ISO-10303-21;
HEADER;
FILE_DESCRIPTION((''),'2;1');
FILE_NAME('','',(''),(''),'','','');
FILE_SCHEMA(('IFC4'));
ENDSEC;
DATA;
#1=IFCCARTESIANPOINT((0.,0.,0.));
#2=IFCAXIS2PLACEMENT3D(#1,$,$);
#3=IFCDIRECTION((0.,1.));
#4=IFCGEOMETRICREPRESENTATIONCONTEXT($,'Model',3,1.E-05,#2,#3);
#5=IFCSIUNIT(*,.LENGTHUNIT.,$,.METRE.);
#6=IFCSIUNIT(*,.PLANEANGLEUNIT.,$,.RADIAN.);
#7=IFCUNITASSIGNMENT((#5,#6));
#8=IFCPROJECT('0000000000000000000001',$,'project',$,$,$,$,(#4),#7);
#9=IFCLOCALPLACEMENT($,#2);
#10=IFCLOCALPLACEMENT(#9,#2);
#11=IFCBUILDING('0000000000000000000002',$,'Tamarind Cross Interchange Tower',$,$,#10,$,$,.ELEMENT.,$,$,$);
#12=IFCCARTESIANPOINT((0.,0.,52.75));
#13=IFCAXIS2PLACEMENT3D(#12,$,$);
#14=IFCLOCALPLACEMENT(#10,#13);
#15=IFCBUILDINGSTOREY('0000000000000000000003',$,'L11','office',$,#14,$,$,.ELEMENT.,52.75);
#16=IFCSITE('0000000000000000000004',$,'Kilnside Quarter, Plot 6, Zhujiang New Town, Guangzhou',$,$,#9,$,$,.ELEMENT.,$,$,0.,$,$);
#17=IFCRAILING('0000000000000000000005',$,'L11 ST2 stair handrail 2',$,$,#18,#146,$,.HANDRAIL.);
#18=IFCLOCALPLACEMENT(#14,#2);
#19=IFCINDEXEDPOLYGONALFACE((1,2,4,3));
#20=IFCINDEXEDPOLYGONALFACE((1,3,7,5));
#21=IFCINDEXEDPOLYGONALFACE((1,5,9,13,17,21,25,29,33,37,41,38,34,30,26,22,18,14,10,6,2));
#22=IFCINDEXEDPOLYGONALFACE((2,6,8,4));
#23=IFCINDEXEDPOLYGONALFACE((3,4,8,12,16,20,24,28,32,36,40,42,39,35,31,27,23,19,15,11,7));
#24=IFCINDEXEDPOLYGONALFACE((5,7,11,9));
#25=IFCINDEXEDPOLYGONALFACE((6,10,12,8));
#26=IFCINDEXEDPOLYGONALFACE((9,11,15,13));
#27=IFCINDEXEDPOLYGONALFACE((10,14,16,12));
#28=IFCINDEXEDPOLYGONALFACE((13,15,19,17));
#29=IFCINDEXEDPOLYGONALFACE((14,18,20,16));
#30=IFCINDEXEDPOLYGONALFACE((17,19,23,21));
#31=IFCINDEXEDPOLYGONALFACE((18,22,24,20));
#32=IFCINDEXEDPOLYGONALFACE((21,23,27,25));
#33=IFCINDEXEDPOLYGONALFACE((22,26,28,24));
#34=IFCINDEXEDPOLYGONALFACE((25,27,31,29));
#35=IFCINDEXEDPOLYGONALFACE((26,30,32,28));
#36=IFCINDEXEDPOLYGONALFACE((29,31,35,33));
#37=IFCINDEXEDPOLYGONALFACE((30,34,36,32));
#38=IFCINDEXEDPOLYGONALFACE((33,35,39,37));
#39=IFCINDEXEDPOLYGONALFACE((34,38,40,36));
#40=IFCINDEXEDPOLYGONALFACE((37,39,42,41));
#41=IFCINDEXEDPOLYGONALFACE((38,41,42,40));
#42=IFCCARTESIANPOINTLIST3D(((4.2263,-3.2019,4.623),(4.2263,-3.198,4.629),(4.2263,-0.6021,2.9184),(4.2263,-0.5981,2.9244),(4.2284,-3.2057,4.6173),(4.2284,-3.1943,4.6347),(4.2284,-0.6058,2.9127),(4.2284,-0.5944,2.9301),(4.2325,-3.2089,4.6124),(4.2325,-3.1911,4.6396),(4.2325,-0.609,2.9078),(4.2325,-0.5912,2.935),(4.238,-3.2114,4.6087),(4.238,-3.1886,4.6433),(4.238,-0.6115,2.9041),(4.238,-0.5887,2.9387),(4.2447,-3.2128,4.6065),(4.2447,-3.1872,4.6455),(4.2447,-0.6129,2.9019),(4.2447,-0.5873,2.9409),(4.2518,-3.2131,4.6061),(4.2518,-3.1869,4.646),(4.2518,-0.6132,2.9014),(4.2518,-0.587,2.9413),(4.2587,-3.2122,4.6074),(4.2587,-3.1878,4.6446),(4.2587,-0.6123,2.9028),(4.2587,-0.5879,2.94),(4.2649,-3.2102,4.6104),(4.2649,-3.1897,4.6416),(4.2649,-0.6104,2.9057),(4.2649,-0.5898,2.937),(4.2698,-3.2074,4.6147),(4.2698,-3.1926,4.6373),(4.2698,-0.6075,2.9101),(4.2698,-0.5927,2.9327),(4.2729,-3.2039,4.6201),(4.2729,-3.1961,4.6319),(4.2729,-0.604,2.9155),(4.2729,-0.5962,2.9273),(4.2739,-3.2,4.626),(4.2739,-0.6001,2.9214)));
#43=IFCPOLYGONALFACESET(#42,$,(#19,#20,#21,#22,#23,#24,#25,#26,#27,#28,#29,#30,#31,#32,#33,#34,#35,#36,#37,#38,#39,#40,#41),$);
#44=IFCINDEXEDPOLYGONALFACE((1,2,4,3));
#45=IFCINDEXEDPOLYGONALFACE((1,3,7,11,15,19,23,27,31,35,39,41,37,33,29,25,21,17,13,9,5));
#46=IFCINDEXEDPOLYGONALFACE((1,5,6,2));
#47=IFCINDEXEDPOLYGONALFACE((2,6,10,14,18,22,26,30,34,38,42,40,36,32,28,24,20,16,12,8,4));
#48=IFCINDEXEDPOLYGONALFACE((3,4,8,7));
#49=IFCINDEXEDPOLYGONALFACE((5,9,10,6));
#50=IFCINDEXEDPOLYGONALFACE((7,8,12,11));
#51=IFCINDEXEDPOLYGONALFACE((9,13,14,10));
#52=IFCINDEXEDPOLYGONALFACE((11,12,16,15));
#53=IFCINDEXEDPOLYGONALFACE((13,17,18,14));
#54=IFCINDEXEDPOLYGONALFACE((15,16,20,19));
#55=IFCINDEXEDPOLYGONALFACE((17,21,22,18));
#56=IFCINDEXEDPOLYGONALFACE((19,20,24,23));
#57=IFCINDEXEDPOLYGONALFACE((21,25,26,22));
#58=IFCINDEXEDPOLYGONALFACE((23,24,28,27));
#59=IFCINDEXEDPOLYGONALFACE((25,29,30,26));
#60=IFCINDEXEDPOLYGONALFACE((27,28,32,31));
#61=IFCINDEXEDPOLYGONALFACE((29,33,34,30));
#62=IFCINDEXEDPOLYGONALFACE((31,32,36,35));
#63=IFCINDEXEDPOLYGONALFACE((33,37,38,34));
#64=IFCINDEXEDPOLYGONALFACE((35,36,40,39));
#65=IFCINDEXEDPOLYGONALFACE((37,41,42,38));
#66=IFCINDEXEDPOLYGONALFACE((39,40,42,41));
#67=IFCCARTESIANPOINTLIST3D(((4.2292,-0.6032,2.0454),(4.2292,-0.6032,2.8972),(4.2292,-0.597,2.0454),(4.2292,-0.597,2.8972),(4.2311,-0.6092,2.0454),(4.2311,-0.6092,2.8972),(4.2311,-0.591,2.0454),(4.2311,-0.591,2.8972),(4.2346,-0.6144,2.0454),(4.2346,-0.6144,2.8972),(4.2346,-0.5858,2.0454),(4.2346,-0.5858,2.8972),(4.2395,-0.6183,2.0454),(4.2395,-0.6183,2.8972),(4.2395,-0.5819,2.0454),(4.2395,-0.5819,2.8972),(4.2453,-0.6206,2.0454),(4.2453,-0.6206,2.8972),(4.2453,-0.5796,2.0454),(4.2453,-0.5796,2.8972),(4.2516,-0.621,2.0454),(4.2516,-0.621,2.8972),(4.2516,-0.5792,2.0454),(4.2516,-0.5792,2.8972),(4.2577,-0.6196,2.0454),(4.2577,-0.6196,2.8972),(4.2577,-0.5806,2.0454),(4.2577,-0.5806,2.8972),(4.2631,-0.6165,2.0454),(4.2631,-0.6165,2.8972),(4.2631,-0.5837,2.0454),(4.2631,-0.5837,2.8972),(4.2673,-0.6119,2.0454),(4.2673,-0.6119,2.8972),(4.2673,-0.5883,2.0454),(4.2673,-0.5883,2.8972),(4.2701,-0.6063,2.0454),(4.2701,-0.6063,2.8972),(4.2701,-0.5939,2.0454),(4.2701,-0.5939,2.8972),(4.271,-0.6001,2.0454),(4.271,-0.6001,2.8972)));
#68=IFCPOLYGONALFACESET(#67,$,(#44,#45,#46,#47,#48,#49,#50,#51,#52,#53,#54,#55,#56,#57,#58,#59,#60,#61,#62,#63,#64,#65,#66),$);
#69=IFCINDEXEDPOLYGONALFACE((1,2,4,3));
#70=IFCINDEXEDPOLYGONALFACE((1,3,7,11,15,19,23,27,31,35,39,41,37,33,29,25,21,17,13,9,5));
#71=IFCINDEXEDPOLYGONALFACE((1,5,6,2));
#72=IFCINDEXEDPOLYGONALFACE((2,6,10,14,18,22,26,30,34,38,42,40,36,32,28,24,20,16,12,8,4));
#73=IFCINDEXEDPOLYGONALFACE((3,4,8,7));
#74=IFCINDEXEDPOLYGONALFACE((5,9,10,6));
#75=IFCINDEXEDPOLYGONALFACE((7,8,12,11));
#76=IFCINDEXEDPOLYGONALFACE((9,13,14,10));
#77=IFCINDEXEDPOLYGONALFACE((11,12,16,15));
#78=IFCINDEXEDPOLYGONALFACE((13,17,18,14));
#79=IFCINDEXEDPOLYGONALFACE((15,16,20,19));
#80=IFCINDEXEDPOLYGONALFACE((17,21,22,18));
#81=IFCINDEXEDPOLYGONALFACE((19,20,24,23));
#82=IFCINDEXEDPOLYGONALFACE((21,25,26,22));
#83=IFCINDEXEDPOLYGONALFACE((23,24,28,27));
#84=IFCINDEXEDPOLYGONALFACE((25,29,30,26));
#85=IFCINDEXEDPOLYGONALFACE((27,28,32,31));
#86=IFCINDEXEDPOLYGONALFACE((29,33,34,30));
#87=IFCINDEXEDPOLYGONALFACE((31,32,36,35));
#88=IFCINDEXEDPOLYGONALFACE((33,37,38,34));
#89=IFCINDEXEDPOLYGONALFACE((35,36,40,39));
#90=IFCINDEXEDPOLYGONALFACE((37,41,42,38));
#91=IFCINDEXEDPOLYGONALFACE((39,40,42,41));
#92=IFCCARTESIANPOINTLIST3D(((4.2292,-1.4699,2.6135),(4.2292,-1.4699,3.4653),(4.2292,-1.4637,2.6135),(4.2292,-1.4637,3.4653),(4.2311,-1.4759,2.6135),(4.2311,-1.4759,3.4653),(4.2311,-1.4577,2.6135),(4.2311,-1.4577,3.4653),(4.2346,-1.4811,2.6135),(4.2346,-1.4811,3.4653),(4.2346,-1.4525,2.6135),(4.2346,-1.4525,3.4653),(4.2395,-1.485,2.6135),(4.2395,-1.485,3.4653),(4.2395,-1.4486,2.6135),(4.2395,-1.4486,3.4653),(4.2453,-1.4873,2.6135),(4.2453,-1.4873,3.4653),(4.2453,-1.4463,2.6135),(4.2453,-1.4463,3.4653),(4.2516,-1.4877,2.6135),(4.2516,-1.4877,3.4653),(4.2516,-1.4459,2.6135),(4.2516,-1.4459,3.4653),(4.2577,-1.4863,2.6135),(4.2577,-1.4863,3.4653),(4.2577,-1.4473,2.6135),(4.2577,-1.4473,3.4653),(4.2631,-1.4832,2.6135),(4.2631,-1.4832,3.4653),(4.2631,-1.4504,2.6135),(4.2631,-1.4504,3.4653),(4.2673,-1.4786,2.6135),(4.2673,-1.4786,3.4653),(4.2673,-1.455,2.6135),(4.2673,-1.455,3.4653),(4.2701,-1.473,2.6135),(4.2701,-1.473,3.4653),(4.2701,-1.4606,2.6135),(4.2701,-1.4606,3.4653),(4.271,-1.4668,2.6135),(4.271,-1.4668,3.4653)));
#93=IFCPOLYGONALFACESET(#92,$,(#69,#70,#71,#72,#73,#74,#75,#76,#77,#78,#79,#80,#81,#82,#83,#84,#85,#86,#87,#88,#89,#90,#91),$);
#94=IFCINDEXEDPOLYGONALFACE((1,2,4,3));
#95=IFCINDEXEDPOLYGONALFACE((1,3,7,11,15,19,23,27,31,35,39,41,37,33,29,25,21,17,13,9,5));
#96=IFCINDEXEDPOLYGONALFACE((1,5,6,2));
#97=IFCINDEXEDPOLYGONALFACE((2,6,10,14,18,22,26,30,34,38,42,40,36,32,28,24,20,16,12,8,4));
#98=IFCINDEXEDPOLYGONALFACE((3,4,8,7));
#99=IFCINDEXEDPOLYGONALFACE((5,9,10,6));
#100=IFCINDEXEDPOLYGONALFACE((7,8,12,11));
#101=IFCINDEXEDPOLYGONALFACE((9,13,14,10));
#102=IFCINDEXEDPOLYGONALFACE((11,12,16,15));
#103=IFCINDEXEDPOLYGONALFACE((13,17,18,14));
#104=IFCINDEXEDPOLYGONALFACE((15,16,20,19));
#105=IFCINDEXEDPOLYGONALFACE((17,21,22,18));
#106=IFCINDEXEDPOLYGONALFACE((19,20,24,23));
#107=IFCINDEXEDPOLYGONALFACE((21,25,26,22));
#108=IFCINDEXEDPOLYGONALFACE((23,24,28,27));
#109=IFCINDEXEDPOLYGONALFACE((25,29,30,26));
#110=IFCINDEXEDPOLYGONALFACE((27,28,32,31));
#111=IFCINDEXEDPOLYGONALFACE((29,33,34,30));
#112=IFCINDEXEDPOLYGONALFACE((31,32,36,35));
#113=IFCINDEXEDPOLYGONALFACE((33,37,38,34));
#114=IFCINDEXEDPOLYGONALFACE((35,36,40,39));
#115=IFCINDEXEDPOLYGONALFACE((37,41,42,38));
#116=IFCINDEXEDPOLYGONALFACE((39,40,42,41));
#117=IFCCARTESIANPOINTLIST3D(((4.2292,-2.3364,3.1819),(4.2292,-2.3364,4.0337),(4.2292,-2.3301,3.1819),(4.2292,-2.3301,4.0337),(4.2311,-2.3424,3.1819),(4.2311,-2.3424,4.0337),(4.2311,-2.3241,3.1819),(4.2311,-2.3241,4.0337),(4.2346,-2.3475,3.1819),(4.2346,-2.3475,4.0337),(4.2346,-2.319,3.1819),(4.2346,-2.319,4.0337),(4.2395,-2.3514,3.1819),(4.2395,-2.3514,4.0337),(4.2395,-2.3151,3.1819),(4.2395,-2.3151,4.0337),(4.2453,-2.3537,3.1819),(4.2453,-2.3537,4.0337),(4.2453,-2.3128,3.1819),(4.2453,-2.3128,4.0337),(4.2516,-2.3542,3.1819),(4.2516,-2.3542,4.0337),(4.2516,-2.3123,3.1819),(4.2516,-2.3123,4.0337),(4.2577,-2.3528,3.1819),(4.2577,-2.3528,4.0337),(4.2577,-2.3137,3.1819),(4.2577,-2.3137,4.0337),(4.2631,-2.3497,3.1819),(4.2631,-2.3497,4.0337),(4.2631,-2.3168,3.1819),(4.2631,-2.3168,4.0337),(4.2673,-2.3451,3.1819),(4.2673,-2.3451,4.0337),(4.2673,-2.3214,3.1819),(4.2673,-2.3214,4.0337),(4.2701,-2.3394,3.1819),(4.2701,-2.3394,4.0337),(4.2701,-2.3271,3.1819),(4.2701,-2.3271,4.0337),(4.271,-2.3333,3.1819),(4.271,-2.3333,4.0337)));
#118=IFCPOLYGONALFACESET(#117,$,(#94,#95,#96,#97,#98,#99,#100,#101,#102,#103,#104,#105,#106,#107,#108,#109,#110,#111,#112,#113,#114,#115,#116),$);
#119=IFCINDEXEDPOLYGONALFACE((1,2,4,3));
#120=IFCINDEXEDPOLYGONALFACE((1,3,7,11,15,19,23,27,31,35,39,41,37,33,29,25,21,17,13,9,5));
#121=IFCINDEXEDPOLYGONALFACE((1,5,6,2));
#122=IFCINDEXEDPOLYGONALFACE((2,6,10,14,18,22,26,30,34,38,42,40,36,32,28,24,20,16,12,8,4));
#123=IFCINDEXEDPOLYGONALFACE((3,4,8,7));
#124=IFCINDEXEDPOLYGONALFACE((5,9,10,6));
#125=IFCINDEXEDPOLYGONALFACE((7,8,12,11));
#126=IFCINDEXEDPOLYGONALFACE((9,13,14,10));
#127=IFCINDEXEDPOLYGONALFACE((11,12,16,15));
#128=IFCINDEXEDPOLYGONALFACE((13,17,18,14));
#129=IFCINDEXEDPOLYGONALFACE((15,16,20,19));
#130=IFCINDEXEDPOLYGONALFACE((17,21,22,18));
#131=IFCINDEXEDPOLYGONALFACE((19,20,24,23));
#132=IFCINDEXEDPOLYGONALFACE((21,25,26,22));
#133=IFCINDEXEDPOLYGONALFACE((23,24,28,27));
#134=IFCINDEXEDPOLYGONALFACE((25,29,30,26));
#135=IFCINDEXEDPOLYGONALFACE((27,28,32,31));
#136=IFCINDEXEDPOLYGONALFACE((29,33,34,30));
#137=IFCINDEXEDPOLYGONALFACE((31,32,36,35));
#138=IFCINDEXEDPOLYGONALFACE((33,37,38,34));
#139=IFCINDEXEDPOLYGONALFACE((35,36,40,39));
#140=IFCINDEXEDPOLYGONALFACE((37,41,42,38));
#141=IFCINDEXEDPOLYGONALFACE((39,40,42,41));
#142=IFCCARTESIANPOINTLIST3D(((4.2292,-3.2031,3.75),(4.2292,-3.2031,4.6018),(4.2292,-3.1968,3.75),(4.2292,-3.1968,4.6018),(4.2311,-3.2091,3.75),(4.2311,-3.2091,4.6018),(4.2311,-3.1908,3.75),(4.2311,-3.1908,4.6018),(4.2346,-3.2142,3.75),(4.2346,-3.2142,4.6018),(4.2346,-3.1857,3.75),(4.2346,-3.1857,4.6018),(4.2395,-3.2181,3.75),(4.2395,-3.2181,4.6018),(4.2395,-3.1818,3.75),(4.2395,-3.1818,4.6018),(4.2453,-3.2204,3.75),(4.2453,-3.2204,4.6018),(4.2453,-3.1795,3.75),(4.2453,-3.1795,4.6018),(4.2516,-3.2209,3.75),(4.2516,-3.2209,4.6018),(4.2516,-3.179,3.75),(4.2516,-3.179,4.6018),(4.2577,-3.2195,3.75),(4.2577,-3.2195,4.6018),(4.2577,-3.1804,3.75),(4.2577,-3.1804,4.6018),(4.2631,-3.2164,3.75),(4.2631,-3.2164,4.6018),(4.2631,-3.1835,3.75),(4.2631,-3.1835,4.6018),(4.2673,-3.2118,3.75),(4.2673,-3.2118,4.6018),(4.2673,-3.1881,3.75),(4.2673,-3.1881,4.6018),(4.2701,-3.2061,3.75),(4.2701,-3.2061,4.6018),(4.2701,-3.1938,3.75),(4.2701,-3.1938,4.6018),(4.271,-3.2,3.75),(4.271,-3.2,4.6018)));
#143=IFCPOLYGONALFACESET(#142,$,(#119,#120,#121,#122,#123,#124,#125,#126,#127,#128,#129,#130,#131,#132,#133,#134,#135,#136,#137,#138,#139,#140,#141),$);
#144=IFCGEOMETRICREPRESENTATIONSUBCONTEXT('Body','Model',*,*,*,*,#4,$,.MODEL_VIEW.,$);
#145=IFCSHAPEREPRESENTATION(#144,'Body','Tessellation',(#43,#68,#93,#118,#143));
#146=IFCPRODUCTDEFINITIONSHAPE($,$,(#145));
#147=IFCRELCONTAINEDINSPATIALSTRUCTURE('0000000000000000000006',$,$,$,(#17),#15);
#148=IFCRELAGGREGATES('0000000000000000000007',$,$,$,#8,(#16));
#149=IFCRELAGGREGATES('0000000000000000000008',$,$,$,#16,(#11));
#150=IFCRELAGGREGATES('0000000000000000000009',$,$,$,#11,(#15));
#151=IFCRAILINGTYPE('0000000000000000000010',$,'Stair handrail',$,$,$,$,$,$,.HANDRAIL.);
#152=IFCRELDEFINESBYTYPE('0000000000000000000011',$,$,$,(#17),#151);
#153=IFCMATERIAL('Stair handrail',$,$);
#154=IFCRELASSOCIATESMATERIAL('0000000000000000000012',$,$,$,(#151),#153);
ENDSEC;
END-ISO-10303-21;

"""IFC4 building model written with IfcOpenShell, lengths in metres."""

from ifc_helpers import new_model, si_unit, direction, frame, origin, origin_2d, place, context, subcontext, project, spatial, circle, extrude, material, type_object, element, save


model = new_model("IFC4")

# Units and contexts
model_context = context("Model", 3, precision=1e-05, world=origin(), true_north=direction((0.0, 1.0)))
body_context = subcontext(model_context, "Body", "Model", "MODEL_VIEW")
ifc_project = project(units=[si_unit("LENGTHUNIT", "METRE"), si_unit("PLANEANGLEUNIT", "RADIAN")], contexts=[model_context])

# Site, building, storey
site_placement = place(None, origin())
site = spatial("IfcSite", under=ifc_project, at=site_placement, Name="Kilnside Quarter, Plot 6, Zhujiang New Town, Guangzhou", CompositionType="ELEMENT", RefElevation=0.0)
building_placement = place(site_placement, origin())
building = spatial("IfcBuilding", under=site, at=building_placement, Name="Tamarind Cross Interchange Tower", CompositionType="ELEMENT")
storey_placement = place(building_placement, frame((0.0, 0.0, 52.75)))
storey = spatial("IfcBuildingStorey", under=building, at=storey_placement, Name="L11", Description="office", CompositionType="ELEMENT", Elevation=52.75)

# Railing
ifc_material_1 = material(Name="Stair handrail")
railing_type_1 = type_object("IfcRailingType", Name="Stair handrail", PredefinedType="HANDRAIL", material=ifc_material_1)
railing_1_placement = place(storey_placement, frame((4.25, -0.6001, 2.0454)))
element("IfcRailing", 1, at=railing_1_placement, inside=storey, type_object=railing_type_1, Name="L11 ST2 stair handrail 2", PredefinedType="HANDRAIL", context=body_context, shape_type="SweptSolid", body=[
    extrude(circle(Radius=0.0239, at=origin_2d()), frame((0.0, 0.0, 0.876), z_axis=(0.0, -0.836279, 0.548305), x_axis=(1.0, 0.0, 0.0)), (0.0, 0.0, 1.0), 3.1089),
    extrude(circle(Radius=0.021, at=origin_2d()), origin(), (0.0, 0.0, 1.0), 0.8518),
    extrude(circle(Radius=0.021, at=origin_2d()), frame((0.0, -0.8667, 0.5681)), (0.0, 0.0, 1.0), 0.8518),
    extrude(circle(Radius=0.021, at=origin_2d()), frame((0.0, -1.7332, 1.1365)), (0.0, 0.0, 1.0), 0.8518),
    extrude(circle(Radius=0.021, at=origin_2d()), frame((0.0, -2.5999, 1.7046)), (0.0, 0.0, 1.0), 0.8518),
])

save(model, "model.ifc")
